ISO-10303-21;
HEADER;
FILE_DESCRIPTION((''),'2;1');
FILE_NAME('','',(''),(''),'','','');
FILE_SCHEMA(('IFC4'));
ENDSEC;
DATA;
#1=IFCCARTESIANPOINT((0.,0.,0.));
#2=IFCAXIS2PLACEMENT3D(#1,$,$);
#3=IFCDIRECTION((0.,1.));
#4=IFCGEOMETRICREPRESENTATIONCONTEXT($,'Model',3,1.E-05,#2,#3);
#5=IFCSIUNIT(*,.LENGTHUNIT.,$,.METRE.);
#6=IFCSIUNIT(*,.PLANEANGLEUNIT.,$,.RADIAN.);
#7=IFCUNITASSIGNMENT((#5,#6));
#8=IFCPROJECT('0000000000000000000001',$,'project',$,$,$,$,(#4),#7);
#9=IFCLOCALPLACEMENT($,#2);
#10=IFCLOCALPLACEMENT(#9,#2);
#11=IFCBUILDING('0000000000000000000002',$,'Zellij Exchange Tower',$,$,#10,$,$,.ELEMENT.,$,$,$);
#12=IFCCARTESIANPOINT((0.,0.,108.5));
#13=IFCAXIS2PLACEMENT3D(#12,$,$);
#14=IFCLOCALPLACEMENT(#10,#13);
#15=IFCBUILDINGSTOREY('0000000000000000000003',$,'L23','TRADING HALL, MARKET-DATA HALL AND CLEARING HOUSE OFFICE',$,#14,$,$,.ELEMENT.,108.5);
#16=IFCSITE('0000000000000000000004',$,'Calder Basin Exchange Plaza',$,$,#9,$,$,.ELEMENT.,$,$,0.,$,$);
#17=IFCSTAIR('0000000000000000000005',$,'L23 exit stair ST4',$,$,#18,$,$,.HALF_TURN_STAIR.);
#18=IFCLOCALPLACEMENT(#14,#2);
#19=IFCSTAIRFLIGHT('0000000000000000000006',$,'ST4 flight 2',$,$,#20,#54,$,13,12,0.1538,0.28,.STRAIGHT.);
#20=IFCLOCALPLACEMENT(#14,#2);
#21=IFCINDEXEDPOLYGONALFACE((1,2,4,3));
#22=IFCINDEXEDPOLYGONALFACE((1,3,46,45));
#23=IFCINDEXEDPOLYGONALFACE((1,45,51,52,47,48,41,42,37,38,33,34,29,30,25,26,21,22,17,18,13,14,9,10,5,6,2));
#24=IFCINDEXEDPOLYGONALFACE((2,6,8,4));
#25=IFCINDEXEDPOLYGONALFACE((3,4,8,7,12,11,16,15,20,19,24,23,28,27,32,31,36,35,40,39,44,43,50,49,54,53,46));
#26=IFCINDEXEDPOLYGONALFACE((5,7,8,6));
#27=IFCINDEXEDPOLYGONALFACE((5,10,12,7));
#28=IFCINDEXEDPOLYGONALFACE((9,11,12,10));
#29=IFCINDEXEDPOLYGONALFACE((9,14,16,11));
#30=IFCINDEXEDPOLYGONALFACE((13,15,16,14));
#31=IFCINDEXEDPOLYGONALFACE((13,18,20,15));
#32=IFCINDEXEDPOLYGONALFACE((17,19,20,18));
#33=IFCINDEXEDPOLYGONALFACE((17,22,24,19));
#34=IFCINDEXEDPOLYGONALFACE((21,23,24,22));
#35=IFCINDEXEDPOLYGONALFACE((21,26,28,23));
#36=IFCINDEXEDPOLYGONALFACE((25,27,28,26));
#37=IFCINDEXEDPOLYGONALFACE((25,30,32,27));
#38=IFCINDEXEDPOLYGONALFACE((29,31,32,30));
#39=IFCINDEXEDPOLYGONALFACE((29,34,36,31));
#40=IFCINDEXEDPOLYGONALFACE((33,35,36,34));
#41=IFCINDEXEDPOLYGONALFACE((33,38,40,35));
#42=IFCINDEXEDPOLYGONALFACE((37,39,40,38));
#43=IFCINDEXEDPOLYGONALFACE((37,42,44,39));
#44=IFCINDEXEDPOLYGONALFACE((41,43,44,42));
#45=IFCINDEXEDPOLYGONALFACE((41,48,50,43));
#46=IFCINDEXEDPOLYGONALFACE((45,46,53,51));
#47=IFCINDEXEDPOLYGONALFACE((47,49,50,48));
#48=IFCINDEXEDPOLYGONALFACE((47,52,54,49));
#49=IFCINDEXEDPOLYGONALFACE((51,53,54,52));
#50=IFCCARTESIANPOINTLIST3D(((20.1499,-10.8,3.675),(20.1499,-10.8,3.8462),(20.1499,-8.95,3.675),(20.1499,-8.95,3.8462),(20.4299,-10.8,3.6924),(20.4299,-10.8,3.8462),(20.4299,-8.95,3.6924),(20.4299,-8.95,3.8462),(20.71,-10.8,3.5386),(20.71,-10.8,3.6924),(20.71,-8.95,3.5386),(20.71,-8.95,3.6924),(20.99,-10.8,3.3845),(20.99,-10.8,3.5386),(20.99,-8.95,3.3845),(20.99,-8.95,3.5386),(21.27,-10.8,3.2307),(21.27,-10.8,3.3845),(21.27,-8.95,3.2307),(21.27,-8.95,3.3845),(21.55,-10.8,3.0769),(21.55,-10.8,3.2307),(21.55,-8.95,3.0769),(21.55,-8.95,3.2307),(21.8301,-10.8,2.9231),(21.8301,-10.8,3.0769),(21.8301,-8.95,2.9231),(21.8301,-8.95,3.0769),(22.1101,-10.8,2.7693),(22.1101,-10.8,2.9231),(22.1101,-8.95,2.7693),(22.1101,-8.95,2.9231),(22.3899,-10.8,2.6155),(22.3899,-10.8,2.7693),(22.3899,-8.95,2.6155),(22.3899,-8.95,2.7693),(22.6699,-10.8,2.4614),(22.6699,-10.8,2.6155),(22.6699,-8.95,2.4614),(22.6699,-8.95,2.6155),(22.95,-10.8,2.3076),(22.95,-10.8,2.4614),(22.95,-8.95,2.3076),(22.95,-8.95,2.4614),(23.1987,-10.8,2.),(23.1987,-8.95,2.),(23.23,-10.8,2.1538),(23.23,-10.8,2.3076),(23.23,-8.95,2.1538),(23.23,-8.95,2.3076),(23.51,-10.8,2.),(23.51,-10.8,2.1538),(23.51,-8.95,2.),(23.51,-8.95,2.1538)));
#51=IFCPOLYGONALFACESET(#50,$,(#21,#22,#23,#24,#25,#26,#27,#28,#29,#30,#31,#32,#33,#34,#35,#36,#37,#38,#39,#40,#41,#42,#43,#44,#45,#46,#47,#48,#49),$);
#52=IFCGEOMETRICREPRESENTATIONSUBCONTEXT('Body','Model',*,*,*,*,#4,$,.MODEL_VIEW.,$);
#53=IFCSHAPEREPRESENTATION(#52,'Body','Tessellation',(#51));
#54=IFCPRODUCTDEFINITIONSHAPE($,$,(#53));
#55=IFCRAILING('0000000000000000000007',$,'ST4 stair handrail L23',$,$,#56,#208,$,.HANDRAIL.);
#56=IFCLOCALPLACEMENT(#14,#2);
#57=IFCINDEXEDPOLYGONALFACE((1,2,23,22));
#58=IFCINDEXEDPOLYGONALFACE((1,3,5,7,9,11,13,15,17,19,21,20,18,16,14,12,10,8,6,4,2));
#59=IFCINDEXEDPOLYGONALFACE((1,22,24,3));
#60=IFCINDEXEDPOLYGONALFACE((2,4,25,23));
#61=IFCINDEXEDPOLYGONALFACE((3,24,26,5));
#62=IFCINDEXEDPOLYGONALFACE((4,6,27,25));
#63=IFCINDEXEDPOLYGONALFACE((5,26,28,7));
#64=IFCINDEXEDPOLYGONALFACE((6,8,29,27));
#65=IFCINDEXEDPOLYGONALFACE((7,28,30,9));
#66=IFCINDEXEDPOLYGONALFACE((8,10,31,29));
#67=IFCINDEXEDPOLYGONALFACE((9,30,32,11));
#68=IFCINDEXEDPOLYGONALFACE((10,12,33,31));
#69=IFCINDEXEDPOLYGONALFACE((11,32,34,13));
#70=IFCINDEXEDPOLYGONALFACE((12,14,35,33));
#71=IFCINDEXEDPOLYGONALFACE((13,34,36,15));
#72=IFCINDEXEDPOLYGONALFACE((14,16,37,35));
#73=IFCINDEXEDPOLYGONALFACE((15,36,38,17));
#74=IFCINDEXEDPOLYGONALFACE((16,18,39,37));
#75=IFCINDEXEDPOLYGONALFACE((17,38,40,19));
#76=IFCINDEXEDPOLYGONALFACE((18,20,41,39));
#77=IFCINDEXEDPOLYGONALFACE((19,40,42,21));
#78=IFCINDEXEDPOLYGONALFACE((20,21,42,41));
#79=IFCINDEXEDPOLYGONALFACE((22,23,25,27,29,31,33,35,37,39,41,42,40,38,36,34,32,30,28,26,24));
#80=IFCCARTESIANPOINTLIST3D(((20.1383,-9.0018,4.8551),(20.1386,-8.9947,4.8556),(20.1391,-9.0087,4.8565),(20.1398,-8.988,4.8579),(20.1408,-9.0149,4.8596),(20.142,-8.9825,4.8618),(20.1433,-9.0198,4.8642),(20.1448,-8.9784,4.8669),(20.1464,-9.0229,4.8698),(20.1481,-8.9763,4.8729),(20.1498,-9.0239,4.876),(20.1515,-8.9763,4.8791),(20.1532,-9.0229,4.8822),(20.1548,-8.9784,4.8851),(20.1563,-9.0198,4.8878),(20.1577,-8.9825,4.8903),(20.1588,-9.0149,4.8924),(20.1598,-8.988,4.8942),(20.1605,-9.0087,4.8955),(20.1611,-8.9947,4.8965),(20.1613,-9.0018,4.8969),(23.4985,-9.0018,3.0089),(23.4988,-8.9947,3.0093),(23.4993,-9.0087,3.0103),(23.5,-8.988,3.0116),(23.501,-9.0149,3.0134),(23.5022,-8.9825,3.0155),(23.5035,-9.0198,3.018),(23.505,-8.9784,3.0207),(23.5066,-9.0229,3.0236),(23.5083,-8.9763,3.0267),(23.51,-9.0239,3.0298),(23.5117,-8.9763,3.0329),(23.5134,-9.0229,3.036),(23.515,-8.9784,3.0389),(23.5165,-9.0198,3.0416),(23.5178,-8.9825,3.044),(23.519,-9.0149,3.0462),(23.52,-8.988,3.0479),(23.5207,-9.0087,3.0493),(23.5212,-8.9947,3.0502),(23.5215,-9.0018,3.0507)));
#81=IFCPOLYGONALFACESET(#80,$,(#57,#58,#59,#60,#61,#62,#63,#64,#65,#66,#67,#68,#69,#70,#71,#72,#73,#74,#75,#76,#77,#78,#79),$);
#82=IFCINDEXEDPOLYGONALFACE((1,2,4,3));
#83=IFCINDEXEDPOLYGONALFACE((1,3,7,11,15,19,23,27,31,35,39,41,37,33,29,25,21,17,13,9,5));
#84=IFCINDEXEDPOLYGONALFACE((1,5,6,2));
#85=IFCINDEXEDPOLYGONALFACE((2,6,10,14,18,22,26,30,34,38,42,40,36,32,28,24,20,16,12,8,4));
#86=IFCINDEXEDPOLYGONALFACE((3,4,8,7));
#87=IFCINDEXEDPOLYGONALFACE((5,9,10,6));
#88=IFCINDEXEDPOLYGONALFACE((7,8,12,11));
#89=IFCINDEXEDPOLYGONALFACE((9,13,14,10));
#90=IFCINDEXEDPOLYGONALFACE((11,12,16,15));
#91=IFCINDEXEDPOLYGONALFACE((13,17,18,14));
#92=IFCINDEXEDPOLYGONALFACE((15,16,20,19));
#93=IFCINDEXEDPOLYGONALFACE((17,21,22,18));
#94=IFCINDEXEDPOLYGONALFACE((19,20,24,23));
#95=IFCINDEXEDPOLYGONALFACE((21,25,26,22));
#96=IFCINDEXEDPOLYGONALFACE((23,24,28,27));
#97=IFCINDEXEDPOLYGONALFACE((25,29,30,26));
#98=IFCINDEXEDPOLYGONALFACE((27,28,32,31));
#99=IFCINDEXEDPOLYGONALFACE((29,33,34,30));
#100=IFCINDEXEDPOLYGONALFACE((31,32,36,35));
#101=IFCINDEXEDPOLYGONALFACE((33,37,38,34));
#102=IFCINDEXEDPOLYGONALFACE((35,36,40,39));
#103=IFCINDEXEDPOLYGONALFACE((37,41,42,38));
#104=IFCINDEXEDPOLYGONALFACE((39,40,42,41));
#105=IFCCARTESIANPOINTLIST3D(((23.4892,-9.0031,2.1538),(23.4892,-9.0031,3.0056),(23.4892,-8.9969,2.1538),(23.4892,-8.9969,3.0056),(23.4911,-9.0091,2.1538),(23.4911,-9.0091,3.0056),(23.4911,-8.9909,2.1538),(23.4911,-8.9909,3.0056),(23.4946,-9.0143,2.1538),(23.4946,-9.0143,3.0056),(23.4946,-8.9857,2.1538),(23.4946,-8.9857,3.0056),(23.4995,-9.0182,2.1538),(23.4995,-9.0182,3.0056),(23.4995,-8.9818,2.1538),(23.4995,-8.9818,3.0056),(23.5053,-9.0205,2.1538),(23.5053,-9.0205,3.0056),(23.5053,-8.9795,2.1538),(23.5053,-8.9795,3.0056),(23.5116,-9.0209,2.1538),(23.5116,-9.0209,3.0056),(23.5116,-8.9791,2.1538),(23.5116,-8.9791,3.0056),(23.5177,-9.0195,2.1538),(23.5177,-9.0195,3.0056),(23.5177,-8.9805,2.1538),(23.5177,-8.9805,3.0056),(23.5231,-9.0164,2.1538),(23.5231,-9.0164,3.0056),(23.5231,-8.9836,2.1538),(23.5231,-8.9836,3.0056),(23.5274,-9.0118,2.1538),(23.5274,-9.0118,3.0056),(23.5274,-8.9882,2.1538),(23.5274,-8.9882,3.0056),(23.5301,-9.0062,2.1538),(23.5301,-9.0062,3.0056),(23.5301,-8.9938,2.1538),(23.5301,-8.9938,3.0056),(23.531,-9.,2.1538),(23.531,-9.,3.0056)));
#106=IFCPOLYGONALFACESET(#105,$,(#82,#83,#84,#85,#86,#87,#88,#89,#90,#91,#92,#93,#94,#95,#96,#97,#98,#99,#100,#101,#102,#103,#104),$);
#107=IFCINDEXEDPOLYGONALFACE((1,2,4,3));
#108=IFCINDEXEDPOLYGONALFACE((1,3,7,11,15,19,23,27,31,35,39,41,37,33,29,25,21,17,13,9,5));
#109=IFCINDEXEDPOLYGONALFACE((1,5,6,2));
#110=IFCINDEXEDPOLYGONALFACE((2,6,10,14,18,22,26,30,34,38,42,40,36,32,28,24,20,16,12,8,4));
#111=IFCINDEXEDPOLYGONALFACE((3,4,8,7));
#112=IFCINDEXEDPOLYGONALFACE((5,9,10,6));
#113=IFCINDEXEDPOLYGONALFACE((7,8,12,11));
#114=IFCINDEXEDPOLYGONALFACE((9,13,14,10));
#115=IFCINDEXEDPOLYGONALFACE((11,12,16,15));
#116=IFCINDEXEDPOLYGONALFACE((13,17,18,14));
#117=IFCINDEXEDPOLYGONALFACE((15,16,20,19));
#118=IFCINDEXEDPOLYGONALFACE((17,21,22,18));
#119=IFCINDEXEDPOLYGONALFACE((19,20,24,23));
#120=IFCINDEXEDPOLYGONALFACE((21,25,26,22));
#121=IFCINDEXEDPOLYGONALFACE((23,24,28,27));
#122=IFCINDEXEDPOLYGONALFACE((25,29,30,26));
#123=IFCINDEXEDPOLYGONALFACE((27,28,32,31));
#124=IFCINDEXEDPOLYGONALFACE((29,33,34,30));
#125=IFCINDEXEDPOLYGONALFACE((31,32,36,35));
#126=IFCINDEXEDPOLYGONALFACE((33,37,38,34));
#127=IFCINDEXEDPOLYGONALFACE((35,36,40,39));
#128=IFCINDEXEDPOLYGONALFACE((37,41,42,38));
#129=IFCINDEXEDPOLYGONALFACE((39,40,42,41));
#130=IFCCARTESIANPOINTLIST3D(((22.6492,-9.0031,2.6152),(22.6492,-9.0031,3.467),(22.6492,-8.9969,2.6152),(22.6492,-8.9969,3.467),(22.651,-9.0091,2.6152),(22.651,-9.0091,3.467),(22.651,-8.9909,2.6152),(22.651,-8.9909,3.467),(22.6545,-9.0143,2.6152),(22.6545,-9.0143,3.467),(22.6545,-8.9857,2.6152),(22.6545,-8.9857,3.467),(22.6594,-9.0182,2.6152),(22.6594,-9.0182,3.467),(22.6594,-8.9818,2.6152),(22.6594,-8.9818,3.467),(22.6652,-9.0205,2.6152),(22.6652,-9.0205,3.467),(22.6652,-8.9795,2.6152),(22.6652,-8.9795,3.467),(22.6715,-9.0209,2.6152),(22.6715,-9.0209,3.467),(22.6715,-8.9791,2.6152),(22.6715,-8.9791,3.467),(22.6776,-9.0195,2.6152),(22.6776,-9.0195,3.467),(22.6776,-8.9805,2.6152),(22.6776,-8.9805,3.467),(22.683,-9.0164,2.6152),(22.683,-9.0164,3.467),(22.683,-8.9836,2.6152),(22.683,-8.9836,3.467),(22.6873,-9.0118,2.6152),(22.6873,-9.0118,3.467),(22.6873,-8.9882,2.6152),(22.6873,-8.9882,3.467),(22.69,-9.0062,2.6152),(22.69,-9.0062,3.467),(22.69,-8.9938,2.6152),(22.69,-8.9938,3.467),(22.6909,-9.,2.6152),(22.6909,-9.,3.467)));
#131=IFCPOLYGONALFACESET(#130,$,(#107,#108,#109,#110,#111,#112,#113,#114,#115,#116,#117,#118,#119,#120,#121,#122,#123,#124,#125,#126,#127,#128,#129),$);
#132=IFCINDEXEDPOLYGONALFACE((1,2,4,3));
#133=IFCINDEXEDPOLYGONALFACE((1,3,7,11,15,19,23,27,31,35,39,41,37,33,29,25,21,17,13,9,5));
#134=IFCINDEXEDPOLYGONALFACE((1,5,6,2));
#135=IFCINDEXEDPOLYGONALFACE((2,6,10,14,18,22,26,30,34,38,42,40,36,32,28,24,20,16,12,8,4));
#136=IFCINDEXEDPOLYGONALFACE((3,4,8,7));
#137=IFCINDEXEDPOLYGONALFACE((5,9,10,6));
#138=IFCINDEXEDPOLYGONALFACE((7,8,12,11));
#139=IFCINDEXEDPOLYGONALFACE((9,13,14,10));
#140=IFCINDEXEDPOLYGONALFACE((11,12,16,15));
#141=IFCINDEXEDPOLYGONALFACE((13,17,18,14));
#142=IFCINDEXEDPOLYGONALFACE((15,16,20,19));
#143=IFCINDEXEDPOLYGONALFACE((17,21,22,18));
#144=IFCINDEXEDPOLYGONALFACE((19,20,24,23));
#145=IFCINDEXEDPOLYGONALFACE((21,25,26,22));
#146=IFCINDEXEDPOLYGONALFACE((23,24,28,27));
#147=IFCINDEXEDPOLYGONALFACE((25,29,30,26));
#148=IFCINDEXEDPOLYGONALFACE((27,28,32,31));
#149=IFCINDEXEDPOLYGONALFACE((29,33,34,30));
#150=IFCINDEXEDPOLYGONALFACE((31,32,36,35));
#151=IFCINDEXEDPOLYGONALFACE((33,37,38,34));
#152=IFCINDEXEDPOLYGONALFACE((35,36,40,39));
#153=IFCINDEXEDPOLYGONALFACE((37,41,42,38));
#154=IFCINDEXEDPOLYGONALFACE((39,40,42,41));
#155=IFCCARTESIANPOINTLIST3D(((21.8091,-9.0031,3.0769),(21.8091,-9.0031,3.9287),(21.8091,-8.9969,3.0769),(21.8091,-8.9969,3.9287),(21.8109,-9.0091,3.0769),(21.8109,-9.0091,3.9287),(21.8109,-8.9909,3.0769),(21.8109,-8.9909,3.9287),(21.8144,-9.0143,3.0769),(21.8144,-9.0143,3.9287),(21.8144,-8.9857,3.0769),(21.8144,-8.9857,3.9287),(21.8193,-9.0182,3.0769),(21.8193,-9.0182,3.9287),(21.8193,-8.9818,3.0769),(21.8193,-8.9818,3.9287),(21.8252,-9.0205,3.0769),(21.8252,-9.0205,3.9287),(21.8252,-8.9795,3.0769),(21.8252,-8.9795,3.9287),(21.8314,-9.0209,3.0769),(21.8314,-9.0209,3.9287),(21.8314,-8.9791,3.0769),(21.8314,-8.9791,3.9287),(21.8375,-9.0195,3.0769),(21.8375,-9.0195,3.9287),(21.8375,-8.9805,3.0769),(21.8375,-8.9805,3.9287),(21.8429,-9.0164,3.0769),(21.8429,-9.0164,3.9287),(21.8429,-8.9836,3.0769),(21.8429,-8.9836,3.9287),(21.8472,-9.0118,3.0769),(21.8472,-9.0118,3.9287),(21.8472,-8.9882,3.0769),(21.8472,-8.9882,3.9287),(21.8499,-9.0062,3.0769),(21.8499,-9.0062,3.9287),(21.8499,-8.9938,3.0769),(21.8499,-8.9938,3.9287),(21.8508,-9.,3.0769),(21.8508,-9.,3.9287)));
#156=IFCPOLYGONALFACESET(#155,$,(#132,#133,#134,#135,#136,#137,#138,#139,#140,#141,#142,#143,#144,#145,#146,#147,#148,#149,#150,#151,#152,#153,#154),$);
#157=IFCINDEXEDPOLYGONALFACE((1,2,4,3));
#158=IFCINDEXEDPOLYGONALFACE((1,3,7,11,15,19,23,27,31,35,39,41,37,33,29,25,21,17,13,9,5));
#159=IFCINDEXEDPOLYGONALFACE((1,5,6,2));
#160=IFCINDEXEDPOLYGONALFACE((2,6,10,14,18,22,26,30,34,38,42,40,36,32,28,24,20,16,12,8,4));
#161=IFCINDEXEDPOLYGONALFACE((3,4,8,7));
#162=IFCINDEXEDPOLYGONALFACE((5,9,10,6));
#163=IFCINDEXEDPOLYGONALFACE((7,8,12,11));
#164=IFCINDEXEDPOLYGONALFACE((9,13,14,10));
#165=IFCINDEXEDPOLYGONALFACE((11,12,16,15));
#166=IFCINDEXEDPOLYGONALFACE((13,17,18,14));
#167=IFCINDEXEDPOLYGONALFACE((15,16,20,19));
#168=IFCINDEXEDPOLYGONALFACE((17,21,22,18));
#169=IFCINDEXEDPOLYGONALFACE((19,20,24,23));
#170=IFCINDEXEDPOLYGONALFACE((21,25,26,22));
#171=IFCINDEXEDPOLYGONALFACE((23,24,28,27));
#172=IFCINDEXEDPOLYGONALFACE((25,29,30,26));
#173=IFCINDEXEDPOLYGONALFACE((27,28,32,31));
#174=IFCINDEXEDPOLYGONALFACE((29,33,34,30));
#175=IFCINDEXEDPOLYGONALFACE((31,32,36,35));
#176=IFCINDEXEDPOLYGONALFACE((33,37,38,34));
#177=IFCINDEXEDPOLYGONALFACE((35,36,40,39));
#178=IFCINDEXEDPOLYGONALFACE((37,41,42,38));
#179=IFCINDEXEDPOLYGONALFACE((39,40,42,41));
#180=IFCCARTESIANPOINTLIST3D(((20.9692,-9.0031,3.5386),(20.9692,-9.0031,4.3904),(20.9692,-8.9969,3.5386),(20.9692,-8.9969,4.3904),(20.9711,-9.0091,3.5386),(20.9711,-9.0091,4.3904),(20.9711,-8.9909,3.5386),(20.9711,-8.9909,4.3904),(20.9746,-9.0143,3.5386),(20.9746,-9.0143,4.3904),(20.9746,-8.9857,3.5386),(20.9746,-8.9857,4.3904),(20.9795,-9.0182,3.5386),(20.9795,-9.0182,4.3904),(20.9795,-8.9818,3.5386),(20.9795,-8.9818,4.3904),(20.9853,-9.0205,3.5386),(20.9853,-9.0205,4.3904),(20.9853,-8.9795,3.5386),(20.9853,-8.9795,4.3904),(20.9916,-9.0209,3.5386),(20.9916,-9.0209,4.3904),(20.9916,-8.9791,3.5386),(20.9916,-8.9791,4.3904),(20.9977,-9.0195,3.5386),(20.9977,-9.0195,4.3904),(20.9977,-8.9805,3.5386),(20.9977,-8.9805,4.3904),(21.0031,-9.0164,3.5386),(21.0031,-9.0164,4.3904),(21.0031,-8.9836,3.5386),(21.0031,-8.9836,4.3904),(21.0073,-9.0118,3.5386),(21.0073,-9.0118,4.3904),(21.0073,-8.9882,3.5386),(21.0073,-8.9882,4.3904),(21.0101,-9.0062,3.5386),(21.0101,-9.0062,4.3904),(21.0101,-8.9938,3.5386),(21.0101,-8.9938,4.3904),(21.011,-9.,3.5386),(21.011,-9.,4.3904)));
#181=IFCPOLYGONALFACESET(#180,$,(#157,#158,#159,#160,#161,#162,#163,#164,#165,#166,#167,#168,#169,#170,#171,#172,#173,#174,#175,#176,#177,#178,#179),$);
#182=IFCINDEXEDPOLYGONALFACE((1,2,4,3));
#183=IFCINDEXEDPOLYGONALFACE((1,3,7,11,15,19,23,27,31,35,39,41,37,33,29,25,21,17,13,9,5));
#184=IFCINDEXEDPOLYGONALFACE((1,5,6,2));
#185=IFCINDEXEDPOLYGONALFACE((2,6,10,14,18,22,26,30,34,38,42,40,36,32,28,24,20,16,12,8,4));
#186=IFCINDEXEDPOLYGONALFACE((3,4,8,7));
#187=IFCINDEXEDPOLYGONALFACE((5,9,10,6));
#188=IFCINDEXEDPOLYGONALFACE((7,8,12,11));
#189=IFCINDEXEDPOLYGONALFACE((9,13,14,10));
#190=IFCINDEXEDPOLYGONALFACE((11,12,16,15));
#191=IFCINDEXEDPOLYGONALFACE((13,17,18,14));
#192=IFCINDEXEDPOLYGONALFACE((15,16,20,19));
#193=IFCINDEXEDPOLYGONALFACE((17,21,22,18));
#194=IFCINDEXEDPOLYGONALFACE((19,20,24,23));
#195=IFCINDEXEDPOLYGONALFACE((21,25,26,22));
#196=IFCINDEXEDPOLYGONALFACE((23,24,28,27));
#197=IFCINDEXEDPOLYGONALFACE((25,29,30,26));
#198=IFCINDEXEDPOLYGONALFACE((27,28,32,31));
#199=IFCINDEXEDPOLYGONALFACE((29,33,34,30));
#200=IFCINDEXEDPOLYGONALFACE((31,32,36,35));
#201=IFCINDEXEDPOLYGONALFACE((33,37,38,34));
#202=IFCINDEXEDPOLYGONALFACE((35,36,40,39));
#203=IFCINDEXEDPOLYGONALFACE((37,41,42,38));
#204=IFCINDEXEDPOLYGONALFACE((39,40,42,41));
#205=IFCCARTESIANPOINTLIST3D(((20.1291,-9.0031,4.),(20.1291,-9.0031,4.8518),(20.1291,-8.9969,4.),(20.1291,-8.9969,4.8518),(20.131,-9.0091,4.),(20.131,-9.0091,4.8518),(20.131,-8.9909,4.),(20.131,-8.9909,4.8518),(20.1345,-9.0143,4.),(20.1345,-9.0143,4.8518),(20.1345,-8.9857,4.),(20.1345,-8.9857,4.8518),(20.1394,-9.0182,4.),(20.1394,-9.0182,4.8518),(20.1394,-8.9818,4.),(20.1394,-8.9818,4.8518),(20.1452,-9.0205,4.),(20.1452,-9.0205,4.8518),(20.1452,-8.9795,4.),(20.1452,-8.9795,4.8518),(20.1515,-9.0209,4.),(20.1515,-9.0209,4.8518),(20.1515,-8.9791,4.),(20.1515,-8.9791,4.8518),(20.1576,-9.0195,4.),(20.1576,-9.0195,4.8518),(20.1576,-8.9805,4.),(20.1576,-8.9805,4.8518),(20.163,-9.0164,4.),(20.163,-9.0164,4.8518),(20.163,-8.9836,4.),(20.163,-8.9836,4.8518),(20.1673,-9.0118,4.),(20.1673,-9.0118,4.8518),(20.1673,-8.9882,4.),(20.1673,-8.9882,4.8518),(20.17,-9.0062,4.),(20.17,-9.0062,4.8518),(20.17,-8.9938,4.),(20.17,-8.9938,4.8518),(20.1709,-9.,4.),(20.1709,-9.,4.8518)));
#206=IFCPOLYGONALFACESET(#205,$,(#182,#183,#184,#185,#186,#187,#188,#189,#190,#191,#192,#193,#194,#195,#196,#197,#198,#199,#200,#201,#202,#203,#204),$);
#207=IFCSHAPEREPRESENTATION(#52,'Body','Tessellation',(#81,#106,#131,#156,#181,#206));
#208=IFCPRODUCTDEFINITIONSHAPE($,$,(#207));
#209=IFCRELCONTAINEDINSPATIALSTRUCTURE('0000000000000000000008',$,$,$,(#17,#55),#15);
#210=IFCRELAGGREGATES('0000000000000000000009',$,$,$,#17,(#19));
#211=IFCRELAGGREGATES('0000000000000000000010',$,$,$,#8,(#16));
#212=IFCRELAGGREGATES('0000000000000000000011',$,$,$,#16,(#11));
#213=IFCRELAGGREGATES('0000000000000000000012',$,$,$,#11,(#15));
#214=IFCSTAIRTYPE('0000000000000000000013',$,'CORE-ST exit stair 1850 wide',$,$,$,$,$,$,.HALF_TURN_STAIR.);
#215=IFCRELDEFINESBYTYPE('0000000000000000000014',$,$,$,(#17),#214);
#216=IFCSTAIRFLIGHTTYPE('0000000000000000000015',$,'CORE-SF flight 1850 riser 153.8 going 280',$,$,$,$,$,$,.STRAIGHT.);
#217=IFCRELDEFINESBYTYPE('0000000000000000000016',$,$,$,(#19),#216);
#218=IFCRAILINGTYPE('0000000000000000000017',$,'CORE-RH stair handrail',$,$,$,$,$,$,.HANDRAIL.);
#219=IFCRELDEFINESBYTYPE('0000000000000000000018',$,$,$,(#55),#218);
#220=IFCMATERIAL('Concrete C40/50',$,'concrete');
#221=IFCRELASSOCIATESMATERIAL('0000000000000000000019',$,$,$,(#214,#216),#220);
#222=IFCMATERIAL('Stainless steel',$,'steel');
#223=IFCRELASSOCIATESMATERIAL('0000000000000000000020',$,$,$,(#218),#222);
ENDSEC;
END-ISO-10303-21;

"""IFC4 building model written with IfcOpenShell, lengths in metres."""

from ifc_helpers import new_model, si_unit, direction, frame, origin, origin_2d, place, context, subcontext, project, spatial, polyline, circle, outline, extrude, material, type_object, element, aggregate, save


model = new_model("IFC4")

# Units and contexts
model_context = context("Model", 3, precision=1e-05, world=origin(), true_north=direction((0.0, 1.0)))
body_context = subcontext(model_context, "Body", "Model", "MODEL_VIEW")
ifc_project = project(units=[si_unit("LENGTHUNIT", "METRE"), si_unit("PLANEANGLEUNIT", "RADIAN")], contexts=[model_context])

# Site, building, storey
site_placement = place(None, origin())
site = spatial("IfcSite", under=ifc_project, at=site_placement, Name="Calder Basin Exchange Plaza", CompositionType="ELEMENT", RefElevation=0.0)
building_placement = place(site_placement, origin())
building = spatial("IfcBuilding", under=site, at=building_placement, Name="Zellij Exchange Tower", CompositionType="ELEMENT")
storey_placement = place(building_placement, frame((0.0, 0.0, 108.5)))
storey = spatial("IfcBuildingStorey", under=building, at=storey_placement, Name="L23", Description="TRADING HALL, MARKET-DATA HALL AND CLEARING HOUSE OFFICE", CompositionType="ELEMENT", Elevation=108.5)

# Stair, stair flight
ifc_material_1 = material(Name="Concrete C40/50", Category="concrete")
stair_type = type_object("IfcStairType", Name="CORE-ST exit stair 1850 wide", PredefinedType="HALF_TURN_STAIR", material=ifc_material_1)
stair_placement = place(storey_placement, origin())
stair = element("IfcStair", 1, at=stair_placement, inside=storey, type_object=stair_type, Name="L23 exit stair ST4", PredefinedType="HALF_TURN_STAIR")
stair_flight_type = type_object("IfcStairFlightType", Name="CORE-SF flight 1850 riser 153.8 going 280", PredefinedType="STRAIGHT", material=ifc_material_1)
stair_flight_placement = place(storey_placement, frame((23.51, -9.875, 2.0), z_axis=(0.0, 0.0, 1.0), x_axis=(-1.0, 0.0, 0.0)))
stair_flight = element("IfcStairFlight", 2, at=stair_flight_placement, type_object=stair_flight_type, Name="ST4 flight 2", NumberOfRisers=13, NumberOfTreads=12, PredefinedType="STRAIGHT", RiserHeight=0.1538, TreadLength=0.28, context=body_context, shape_type="SweptSolid", body=[
    extrude(outline(polyline([(0.0, 0.0), (0.0, 0.1538), (0.28, 0.1538), (0.28, 0.3076), (0.5601, 0.3076), (0.5601, 0.4614), (0.8401, 0.4614), (0.8401, 0.6155), (1.1201, 0.6155), (1.1201, 0.7693), (1.3999, 0.7693), (1.3999, 0.9231), (1.6799, 0.9231), (1.6799, 1.0769), (1.96, 1.0769), (1.96, 1.2307), (2.24, 1.2307), (2.24, 1.3845), (2.52, 1.3845), (2.52, 1.5386), (2.8, 1.5386), (2.8, 1.6924), (3.0801, 1.6924), (3.0801, 1.8462), (3.3601, 1.8462), (3.3601, 2.0), (3.3601, 1.675), (0.3113, 0.0), (0.0, 0.0)])), frame((0.0, 0.925, 0.0), z_axis=(0.0, -1.0, 0.0), x_axis=(1.0, 0.0, 0.0)), (0.0, 0.0, 1.0), 1.8501),
])
aggregate(stair, [stair_flight])

# Railing
ifc_material_2 = material(Name="Stainless steel", Category="steel")
railing_type = type_object("IfcRailingType", Name="CORE-RH stair handrail", PredefinedType="HANDRAIL", material=ifc_material_2)
railing_placement = place(storey_placement, frame((23.51, -9.0, 2.1538)))
element("IfcRailing", 3, at=railing_placement, inside=storey, type_object=railing_type, Name="ST4 stair handrail L23", PredefinedType="HANDRAIL", context=body_context, shape_type="SweptSolid", body=[
    extrude(circle(Radius=0.0239, at=origin_2d()), frame((0.0, 0.0, 0.876), z_axis=(-0.876422, 0.0, 0.481545), x_axis=(0.0, -1.0, 0.0)), (0.0, 0.0, 1.0), 3.834),
    extrude(circle(Radius=0.021, at=origin_2d()), origin(), (0.0, 0.0, 1.0), 0.8518),
    extrude(circle(Radius=0.021, at=origin_2d()), frame((-0.8401, 0.0, 0.4614)), (0.0, 0.0, 1.0), 0.8518),
    extrude(circle(Radius=0.021, at=origin_2d()), frame((-1.6802, 0.0, 0.9231)), (0.0, 0.0, 1.0), 0.8518),
    extrude(circle(Radius=0.021, at=origin_2d()), frame((-2.52, 0.0, 1.3848)), (0.0, 0.0, 1.0), 0.8518),
    extrude(circle(Radius=0.021, at=origin_2d()), frame((-3.3601, 0.0, 1.8462)), (0.0, 0.0, 1.0), 0.8518),
])

save(model, "model.ifc")
